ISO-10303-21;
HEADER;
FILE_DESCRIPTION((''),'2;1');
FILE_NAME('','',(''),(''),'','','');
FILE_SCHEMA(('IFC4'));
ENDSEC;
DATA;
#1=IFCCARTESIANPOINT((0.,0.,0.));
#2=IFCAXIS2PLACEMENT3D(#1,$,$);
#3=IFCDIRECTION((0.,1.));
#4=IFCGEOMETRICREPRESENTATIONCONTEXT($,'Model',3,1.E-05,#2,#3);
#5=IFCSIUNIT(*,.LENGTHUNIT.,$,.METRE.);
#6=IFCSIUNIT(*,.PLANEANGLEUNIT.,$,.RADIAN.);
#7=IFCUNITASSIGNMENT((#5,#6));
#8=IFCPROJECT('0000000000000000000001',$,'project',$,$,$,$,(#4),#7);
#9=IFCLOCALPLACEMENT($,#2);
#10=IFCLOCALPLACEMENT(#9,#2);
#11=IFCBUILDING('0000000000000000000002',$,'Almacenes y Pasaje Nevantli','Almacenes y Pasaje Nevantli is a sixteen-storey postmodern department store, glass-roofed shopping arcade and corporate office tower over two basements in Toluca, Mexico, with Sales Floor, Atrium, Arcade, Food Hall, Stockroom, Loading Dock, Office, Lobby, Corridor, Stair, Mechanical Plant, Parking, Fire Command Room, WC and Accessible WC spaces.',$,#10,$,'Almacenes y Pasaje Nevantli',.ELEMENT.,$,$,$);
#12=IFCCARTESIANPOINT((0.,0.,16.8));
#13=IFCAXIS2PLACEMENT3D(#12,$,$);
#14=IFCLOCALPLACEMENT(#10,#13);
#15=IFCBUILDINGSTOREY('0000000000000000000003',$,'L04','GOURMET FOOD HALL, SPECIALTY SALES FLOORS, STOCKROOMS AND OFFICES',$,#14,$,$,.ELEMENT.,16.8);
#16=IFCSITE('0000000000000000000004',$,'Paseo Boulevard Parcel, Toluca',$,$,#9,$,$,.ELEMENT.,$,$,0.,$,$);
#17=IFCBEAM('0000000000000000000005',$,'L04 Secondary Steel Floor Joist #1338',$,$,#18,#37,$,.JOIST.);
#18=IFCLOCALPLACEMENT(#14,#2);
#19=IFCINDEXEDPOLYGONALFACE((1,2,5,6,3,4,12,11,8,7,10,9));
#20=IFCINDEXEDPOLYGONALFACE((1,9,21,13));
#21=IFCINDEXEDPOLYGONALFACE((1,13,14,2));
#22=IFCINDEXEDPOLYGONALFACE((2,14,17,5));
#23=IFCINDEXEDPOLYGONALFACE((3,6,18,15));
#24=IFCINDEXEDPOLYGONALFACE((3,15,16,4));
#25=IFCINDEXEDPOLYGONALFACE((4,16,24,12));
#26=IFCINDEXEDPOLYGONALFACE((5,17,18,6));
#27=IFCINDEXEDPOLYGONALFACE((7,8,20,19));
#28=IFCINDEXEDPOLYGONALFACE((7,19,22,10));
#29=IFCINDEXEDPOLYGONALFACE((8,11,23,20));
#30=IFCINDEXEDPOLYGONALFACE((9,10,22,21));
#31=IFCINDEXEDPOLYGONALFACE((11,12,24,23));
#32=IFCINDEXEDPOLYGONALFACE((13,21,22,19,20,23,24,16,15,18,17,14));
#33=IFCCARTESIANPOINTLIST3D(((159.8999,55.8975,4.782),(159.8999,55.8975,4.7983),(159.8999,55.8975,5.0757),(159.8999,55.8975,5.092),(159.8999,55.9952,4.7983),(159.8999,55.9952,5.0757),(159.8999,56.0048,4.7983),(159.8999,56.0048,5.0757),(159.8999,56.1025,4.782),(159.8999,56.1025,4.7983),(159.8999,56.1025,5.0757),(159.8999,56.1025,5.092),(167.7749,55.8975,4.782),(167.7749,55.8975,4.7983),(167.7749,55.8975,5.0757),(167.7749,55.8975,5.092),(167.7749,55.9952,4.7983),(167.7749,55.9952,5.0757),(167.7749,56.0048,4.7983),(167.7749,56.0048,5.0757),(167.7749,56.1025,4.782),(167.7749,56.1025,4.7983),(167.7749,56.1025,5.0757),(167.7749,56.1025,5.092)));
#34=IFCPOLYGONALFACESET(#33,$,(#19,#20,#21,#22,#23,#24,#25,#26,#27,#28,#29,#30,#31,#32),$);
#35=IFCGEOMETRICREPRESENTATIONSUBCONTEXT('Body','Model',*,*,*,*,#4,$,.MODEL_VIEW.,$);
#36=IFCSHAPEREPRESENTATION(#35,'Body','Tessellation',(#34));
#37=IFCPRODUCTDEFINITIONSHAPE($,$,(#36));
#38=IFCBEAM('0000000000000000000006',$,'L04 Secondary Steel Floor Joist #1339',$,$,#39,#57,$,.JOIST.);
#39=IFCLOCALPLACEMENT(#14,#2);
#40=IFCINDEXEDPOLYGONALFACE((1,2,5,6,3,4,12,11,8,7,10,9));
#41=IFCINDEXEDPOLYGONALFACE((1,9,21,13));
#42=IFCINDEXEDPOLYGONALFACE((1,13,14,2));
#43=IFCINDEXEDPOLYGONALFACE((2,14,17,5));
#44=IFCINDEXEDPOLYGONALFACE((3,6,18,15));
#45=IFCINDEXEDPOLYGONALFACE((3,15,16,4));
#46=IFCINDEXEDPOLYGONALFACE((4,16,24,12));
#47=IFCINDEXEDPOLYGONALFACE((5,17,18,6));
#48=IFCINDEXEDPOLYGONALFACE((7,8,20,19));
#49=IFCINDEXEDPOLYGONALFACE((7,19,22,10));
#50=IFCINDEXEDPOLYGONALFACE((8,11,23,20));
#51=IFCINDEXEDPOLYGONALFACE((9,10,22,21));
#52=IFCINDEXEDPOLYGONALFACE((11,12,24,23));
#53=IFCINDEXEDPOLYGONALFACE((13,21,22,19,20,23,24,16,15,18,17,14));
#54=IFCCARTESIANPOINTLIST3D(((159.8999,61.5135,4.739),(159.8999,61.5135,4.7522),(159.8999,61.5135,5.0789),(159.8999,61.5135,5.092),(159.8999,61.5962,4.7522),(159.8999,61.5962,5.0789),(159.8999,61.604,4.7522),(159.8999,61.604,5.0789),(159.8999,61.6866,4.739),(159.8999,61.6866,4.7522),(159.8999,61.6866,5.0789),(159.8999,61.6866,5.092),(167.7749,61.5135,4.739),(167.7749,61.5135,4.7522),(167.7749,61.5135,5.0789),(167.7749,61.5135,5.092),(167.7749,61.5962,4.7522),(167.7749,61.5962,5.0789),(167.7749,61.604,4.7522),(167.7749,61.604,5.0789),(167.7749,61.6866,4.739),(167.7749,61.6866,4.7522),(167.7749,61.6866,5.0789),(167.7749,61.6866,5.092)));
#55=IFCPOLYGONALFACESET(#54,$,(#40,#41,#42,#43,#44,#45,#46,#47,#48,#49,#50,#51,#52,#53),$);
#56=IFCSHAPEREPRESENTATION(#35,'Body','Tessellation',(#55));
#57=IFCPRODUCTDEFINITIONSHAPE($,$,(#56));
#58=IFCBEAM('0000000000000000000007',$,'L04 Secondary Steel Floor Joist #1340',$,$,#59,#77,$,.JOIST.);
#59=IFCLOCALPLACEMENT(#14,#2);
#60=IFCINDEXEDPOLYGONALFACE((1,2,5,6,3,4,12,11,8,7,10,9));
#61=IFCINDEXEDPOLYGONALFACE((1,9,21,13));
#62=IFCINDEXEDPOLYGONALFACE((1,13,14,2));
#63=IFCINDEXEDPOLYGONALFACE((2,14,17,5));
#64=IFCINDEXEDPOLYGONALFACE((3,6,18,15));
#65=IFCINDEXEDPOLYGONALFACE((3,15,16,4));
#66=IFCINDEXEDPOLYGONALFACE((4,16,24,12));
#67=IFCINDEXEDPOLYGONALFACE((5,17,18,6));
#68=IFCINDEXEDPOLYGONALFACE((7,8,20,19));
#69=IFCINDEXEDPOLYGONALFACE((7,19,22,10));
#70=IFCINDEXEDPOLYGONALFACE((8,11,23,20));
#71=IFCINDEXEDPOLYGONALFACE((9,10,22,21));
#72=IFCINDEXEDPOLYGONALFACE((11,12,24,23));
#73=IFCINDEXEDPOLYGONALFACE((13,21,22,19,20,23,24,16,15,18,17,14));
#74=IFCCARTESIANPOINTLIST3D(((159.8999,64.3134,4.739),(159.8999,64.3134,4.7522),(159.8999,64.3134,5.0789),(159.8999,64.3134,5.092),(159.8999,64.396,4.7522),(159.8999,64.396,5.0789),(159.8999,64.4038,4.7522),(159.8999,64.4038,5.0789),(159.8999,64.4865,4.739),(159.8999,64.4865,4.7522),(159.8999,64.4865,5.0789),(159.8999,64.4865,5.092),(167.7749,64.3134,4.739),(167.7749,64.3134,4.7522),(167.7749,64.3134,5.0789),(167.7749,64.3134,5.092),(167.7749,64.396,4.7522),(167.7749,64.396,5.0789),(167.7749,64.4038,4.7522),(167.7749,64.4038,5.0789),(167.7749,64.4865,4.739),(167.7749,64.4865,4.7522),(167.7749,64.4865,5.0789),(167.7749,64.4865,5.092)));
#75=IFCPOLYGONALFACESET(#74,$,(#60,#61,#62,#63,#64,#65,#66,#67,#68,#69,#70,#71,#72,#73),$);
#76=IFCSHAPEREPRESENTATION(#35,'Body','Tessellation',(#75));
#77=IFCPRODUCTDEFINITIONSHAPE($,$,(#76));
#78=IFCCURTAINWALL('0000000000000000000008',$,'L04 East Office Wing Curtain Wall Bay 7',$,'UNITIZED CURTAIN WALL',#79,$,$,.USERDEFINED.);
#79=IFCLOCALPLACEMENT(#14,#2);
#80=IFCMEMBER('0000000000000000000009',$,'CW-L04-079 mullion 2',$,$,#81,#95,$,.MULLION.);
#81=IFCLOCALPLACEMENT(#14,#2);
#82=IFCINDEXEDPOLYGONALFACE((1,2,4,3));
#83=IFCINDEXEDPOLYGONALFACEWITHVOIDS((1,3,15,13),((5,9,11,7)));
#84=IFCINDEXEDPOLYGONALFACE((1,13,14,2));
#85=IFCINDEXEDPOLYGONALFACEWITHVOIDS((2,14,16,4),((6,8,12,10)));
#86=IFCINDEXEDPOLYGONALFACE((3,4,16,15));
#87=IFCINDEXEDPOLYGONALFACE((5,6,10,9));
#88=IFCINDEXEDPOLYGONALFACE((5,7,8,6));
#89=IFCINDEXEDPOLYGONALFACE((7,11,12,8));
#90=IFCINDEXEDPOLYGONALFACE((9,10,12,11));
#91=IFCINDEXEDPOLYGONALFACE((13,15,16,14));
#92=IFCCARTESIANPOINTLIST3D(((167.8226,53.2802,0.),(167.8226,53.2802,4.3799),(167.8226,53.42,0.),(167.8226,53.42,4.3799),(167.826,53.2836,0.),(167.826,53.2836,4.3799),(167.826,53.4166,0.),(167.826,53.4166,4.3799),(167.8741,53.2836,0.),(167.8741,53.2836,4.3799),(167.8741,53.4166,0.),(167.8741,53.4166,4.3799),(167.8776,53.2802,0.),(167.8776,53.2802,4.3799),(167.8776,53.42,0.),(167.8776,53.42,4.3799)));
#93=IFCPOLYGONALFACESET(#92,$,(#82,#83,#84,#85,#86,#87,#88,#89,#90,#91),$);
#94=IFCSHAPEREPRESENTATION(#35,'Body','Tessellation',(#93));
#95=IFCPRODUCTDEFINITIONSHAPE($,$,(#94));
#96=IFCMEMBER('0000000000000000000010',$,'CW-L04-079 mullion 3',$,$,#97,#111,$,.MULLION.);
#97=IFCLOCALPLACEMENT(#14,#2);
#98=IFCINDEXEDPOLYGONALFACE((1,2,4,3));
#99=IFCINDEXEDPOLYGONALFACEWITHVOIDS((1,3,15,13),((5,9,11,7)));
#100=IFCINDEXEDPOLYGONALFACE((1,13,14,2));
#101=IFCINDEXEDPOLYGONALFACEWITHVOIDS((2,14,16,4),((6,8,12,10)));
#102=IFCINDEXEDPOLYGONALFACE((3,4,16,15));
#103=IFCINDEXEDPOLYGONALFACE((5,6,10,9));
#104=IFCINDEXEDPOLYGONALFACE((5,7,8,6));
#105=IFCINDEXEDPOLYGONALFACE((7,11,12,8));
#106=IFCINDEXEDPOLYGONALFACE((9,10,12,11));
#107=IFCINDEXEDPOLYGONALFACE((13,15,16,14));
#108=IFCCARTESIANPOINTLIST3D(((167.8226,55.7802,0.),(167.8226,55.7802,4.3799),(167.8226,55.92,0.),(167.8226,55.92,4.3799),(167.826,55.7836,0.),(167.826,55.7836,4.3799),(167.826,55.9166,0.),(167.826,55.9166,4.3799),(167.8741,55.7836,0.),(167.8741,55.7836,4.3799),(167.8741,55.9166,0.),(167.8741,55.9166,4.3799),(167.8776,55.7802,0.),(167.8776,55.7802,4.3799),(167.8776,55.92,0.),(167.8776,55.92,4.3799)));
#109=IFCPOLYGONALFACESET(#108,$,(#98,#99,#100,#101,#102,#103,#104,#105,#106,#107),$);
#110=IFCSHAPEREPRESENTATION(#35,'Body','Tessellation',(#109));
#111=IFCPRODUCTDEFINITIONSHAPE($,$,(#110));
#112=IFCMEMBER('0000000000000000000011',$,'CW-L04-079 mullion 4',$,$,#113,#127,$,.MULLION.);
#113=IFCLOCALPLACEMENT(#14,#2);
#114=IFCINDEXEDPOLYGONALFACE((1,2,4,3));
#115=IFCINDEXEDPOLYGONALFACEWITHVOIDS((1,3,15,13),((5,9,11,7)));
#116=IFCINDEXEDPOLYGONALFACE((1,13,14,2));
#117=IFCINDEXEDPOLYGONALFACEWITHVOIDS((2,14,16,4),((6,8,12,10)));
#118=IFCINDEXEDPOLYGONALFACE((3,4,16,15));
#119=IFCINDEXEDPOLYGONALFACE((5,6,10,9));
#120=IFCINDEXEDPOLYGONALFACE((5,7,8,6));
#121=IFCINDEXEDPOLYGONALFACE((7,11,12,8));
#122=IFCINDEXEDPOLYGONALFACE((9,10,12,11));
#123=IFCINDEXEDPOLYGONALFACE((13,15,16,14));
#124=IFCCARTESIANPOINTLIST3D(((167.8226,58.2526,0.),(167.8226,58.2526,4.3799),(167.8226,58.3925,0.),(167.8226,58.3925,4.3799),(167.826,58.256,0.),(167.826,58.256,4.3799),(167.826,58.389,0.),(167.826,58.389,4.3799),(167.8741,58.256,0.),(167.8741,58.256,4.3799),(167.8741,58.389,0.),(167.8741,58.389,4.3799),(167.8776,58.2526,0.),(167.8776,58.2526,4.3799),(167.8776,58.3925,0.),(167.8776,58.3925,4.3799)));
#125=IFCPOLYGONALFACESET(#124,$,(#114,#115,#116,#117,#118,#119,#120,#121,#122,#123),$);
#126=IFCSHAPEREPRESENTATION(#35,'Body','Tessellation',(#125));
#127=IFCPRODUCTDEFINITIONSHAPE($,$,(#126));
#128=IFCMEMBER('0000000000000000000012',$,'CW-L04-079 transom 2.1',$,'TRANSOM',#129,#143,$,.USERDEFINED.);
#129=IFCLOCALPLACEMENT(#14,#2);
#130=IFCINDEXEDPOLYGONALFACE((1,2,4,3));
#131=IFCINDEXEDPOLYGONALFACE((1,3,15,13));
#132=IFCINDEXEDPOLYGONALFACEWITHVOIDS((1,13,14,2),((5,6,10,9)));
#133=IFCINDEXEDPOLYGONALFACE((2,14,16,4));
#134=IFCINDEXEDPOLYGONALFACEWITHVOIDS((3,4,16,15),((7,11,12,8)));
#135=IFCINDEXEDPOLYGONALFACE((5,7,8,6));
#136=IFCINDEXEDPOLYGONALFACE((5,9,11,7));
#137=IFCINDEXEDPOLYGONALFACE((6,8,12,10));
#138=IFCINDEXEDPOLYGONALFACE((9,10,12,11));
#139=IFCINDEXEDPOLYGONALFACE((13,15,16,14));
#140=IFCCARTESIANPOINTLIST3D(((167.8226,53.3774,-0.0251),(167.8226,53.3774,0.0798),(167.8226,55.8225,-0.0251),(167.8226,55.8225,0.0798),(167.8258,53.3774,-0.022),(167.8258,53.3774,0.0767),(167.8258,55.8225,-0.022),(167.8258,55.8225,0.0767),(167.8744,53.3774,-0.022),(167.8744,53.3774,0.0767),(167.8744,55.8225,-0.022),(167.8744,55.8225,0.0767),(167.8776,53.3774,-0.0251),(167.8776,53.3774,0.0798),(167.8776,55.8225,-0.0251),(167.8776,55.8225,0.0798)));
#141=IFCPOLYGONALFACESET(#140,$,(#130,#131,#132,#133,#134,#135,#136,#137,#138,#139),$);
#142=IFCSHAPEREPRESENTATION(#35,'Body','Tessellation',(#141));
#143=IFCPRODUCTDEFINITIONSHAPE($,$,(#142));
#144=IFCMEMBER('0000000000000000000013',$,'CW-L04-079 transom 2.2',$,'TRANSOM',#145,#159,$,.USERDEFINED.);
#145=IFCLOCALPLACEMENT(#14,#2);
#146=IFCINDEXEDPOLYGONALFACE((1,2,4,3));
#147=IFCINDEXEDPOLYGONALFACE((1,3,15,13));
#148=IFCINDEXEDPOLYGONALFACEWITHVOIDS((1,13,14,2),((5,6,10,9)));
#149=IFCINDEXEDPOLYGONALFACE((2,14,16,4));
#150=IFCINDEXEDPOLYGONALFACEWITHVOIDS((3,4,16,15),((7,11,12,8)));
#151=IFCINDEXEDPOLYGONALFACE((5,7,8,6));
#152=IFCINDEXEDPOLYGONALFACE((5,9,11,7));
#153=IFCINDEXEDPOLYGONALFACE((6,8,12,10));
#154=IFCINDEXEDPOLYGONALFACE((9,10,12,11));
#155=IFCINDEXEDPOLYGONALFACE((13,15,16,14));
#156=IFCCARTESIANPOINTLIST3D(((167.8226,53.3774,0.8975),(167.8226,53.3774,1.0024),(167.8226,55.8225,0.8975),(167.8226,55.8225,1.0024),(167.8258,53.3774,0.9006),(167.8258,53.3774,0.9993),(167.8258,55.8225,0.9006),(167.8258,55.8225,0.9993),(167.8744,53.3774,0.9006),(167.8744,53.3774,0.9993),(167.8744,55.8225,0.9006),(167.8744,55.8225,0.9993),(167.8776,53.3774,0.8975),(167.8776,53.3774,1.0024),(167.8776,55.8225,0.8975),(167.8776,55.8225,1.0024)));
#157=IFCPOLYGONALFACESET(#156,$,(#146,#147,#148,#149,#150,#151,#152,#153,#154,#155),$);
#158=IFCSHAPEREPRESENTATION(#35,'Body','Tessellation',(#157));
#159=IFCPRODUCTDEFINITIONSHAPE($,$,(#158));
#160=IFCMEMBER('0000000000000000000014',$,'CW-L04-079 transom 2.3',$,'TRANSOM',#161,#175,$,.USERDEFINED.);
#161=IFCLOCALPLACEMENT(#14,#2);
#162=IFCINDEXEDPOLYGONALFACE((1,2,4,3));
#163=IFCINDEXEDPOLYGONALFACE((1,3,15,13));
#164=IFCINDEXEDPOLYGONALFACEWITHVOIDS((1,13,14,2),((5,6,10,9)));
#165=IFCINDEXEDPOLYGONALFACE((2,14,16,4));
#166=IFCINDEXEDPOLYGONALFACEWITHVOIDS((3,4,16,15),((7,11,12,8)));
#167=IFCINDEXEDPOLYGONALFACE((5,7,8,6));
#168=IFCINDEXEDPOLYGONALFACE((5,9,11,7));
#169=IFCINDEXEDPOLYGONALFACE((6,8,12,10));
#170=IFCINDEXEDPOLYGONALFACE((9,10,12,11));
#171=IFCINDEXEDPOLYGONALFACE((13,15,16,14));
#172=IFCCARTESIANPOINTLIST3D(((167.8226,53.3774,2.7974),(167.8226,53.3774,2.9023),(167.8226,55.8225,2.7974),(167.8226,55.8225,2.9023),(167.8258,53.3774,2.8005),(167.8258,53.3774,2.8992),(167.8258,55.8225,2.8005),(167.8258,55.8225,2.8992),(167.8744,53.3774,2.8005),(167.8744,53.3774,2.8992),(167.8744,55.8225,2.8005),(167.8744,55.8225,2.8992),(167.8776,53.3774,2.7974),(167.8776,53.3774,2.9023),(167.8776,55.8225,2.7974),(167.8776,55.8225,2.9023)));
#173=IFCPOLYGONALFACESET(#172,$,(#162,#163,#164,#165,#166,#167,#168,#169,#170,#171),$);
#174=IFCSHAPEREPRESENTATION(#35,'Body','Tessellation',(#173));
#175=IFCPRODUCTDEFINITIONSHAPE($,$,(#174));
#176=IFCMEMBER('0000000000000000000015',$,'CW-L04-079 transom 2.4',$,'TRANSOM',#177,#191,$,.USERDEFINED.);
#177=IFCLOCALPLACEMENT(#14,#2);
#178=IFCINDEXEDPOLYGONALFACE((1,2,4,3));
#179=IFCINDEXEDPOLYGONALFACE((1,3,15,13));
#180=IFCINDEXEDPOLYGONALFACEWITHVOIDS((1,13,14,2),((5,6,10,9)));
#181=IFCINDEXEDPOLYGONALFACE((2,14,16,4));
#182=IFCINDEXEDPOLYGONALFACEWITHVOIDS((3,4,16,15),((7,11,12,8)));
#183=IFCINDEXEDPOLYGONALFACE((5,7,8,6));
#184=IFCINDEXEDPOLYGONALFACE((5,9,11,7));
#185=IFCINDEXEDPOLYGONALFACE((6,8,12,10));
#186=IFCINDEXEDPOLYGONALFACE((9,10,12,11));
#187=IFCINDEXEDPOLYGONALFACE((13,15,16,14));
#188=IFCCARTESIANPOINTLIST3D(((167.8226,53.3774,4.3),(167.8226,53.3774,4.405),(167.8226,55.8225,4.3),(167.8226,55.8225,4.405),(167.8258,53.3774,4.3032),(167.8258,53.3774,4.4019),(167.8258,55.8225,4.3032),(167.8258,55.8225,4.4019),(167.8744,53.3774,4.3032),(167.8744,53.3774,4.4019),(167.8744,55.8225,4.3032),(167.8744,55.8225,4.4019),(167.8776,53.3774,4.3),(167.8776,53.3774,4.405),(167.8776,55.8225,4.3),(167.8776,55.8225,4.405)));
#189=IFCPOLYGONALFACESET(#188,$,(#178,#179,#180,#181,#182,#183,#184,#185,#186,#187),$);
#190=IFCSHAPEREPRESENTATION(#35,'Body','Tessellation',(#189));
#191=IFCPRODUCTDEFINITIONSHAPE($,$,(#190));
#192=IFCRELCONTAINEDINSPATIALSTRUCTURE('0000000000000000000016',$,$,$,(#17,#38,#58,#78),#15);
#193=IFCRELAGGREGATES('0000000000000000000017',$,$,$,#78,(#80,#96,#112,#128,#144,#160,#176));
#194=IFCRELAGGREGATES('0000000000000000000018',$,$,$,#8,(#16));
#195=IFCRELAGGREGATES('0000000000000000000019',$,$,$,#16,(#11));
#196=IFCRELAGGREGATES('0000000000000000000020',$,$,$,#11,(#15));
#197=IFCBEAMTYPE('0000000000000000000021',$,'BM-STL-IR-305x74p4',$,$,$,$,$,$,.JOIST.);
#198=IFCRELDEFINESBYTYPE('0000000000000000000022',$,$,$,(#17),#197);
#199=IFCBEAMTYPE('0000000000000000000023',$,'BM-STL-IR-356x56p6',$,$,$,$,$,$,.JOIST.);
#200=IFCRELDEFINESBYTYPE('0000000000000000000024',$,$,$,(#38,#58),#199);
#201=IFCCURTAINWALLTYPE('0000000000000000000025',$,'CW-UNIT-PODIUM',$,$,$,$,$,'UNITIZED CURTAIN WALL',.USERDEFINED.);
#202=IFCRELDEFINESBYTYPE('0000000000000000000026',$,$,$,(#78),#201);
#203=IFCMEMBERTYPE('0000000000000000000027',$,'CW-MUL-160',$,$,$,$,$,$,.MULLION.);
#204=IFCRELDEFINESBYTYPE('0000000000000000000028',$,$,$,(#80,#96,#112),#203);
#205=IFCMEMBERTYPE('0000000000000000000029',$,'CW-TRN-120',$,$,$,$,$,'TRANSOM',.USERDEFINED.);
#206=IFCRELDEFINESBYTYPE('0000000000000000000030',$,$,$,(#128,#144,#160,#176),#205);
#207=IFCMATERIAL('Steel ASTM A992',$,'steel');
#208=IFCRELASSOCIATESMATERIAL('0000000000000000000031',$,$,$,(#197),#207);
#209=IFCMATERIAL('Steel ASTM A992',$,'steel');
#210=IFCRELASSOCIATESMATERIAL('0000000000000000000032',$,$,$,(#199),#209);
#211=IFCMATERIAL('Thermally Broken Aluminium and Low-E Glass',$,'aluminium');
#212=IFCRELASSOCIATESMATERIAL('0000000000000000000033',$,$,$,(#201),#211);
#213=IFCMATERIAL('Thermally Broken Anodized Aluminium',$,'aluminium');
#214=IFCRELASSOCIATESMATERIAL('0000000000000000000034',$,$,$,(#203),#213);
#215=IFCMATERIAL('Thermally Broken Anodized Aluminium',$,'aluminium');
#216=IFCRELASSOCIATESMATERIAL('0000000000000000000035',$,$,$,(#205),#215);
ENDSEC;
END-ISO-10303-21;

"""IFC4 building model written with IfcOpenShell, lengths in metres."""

from ifc_helpers import new_model, si_unit, direction, frame, origin, origin_2d, place, context, subcontext, project, spatial, hollow_rectangle, i_section, extrude, material, material_profile, profile_set, type_object, element, aggregate, save


model = new_model("IFC4")

# Units and contexts
model_context = context("Model", 3, precision=1e-05, world=origin(), true_north=direction((0.0, 1.0)))
body_context = subcontext(model_context, "Body", "Model", "MODEL_VIEW")
ifc_project = project(units=[si_unit("LENGTHUNIT", "METRE"), si_unit("PLANEANGLEUNIT", "RADIAN")], contexts=[model_context])

# Site, building, storey
site_placement = place(None, origin())
site = spatial("IfcSite", under=ifc_project, at=site_placement, Name="Paseo Boulevard Parcel, Toluca", CompositionType="ELEMENT", RefElevation=0.0)
building_placement = place(site_placement, origin())
building = spatial("IfcBuilding", under=site, at=building_placement, Name="Almacenes y Pasaje Nevantli", Description="Almacenes y Pasaje Nevantli is a sixteen-storey postmodern department store, glass-roofed shopping arcade and corporate office tower over two basements in Toluca, Mexico, with Sales Floor, Atrium, Arcade, Food Hall, Stockroom, Loading Dock, Office, Lobby, Corridor, Stair, Mechanical Plant, Parking, Fire Command Room, WC and Accessible WC spaces.", LongName="Almacenes y Pasaje Nevantli", CompositionType="ELEMENT")
storey_placement = place(building_placement, frame((0.0, 0.0, 16.8)))
storey = spatial("IfcBuildingStorey", under=building, at=storey_placement, Name="L04", Description="GOURMET FOOD HALL, SPECIALTY SALES FLOORS, STOCKROOMS AND OFFICES", CompositionType="ELEMENT", Elevation=16.8)

# Beams
ifc_material_1 = material(Name="Steel ASTM A992", Category="steel")
ifc_material_profile_1 = material_profile(ifc_material_1, i_section(OverallWidth=0.2051, OverallDepth=0.3101, WebThickness=0.0095, FlangeThickness=0.0164, at=origin_2d()), Name="IR 305x74.4")
ifc_profile_set_1 = profile_set([ifc_material_profile_1], Name="Steel ASTM A992")
beam_type_1 = type_object("IfcBeamType", Name="BM-STL-IR-305x74p4", PredefinedType="JOIST", material=ifc_profile_set_1)
for number, where, z_axis, x_axis, name in (
    (1, (159.8999, 56.0, 4.937), (1.0, 0.0, 0.0), (0.0, 1.0, 0.0), "L04 Secondary Steel Floor Joist #1338"),
):
    element("IfcBeam", number, at=place(storey_placement, frame(where, z_axis=z_axis, x_axis=x_axis)), inside=storey, type_object=beam_type_1, Name=name, PredefinedType="JOIST", context=body_context, shape_type="SweptSolid", body=[
        extrude(i_section(OverallWidth=0.2051, OverallDepth=0.3101, WebThickness=0.0095, FlangeThickness=0.0164, at=origin_2d()), origin(), (0.0, 0.0, 1.0), 7.875),
    ])
ifc_material_2 = material(Name="Steel ASTM A992", Category="steel")
ifc_material_profile_2 = material_profile(ifc_material_2, i_section(OverallWidth=0.1731, OverallDepth=0.353, WebThickness=0.0078, FlangeThickness=0.0132, at=origin_2d()), Name="IR 356x56.6")
ifc_profile_set_2 = profile_set([ifc_material_profile_2], Name="Steel ASTM A992")
beam_type_2 = type_object("IfcBeamType", Name="BM-STL-IR-356x56p6", PredefinedType="JOIST", material=ifc_profile_set_2)
for number, where, z_axis, x_axis, name in (
    (2, (159.8999, 61.6001, 4.9155), (1.0, 0.0, 0.0), (0.0, 1.0, 0.0), "L04 Secondary Steel Floor Joist #1339"),
    (3, (159.8999, 64.3999, 4.9155), (1.0, 0.0, 0.0), (0.0, 1.0, 0.0), "L04 Secondary Steel Floor Joist #1340"),
):
    element("IfcBeam", number, at=place(storey_placement, frame(where, z_axis=z_axis, x_axis=x_axis)), inside=storey, type_object=beam_type_2, Name=name, PredefinedType="JOIST", context=body_context, shape_type="SweptSolid", body=[
        extrude(i_section(OverallWidth=0.1731, OverallDepth=0.353, WebThickness=0.0078, FlangeThickness=0.0132, at=origin_2d()), origin(), (0.0, 0.0, 1.0), 7.875),
    ])

# Curtain wall, members
ifc_material_3 = material(Name="Thermally Broken Aluminium and Low-E Glass", Category="aluminium")
curtain_wall_type = type_object("IfcCurtainWallType", Name="CW-UNIT-PODIUM", ElementType="UNITIZED CURTAIN WALL", PredefinedType="USERDEFINED", material=ifc_material_3)
curtain_wall_placement = place(storey_placement, origin())
curtain_wall = element("IfcCurtainWall", 4, at=curtain_wall_placement, inside=storey, type_object=curtain_wall_type, Name="L04 East Office Wing Curtain Wall Bay 7", ObjectType="UNITIZED CURTAIN WALL", PredefinedType="USERDEFINED")
ifc_material_4 = material(Name="Thermally Broken Anodized Aluminium", Category="aluminium")
ifc_material_profile_3 = material_profile(ifc_material_4, hollow_rectangle(XDim=0.0549, YDim=0.1399, WallThickness=0.0034, at=origin_2d()), Name="ALU-MUL-55x140")
ifc_profile_set_3 = profile_set([ifc_material_profile_3], Name="Thermally Broken Anodized Aluminium")
member_type_1 = type_object("IfcMemberType", Name="CW-MUL-160", PredefinedType="MULLION", material=ifc_profile_set_3)
member_1_placement = place(storey_placement, frame((167.8501, 53.3501, 0.0), z_axis=(0.0, 0.0, 1.0), x_axis=(-1.0, 0.0, 0.0)))
member_1 = element("IfcMember", 5, at=member_1_placement, type_object=member_type_1, Name="CW-L04-079 mullion 2", PredefinedType="MULLION", context=body_context, shape_type="SweptSolid", body=[
    extrude(hollow_rectangle(XDim=0.0549, YDim=0.1399, WallThickness=0.0034, at=origin_2d()), origin(), (0.0, 0.0, 1.0), 4.3799),
])
member_2_placement = place(storey_placement, frame((167.8501, 55.8501, 0.0), z_axis=(0.0, 0.0, 1.0), x_axis=(-1.0, 0.0, 0.0)))
member_2 = element("IfcMember", 6, at=member_2_placement, type_object=member_type_1, Name="CW-L04-079 mullion 3", PredefinedType="MULLION", context=body_context, shape_type="SweptSolid", body=[
    extrude(hollow_rectangle(XDim=0.0549, YDim=0.1399, WallThickness=0.0034, at=origin_2d()), origin(), (0.0, 0.0, 1.0), 4.3799),
])
member_3_placement = place(storey_placement, frame((167.8501, 58.3225, 0.0), z_axis=(0.0, 0.0, 1.0), x_axis=(-1.0, 0.0, 0.0)))
member_3 = element("IfcMember", 7, at=member_3_placement, type_object=member_type_1, Name="CW-L04-079 mullion 4", PredefinedType="MULLION", context=body_context, shape_type="SweptSolid", body=[
    extrude(hollow_rectangle(XDim=0.0549, YDim=0.1399, WallThickness=0.0034, at=origin_2d()), origin(), (0.0, 0.0, 1.0), 4.3799),
])
ifc_material_5 = material(Name="Thermally Broken Anodized Aluminium", Category="aluminium")
ifc_material_profile_4 = material_profile(ifc_material_5, hollow_rectangle(XDim=0.0549, YDim=0.105, WallThickness=0.0032, at=origin_2d()), Name="ALU-TRN-55x105")
ifc_profile_set_4 = profile_set([ifc_material_profile_4], Name="Thermally Broken Anodized Aluminium")
member_type_2 = type_object("IfcMemberType", Name="CW-TRN-120", ElementType="TRANSOM", PredefinedType="USERDEFINED", material=ifc_profile_set_4)
member_4_placement = place(storey_placement, frame((167.8501, 53.3774, 0.0273), z_axis=(0.0, 1.0, 0.0), x_axis=(-1.0, 0.0, 0.0)))
member_4 = element("IfcMember", 8, at=member_4_placement, type_object=member_type_2, Name="CW-L04-079 transom 2.1", ObjectType="TRANSOM", PredefinedType="USERDEFINED", context=body_context, shape_type="SweptSolid", body=[
    extrude(hollow_rectangle(XDim=0.0549, YDim=0.105, WallThickness=0.0032, at=origin_2d()), origin(), (0.0, 0.0, 1.0), 2.4451),
])
member_5_placement = place(storey_placement, frame((167.8501, 53.3774, 0.95), z_axis=(0.0, 1.0, 0.0), x_axis=(-1.0, 0.0, 0.0)))
member_5 = element("IfcMember", 9, at=member_5_placement, type_object=member_type_2, Name="CW-L04-079 transom 2.2", ObjectType="TRANSOM", PredefinedType="USERDEFINED", context=body_context, shape_type="SweptSolid", body=[
    extrude(hollow_rectangle(XDim=0.0549, YDim=0.105, WallThickness=0.0032, at=origin_2d()), origin(), (0.0, 0.0, 1.0), 2.4451),
])
member_6_placement = place(storey_placement, frame((167.8501, 53.3774, 2.8499), z_axis=(0.0, 1.0, 0.0), x_axis=(-1.0, 0.0, 0.0)))
member_6 = element("IfcMember", 10, at=member_6_placement, type_object=member_type_2, Name="CW-L04-079 transom 2.3", ObjectType="TRANSOM", PredefinedType="USERDEFINED", context=body_context, shape_type="SweptSolid", body=[
    extrude(hollow_rectangle(XDim=0.0549, YDim=0.105, WallThickness=0.0032, at=origin_2d()), origin(), (0.0, 0.0, 1.0), 2.4451),
])
member_7_placement = place(storey_placement, frame((167.8501, 53.3774, 4.3525), z_axis=(0.0, 1.0, 0.0), x_axis=(-1.0, 0.0, 0.0)))
member_7 = element("IfcMember", 11, at=member_7_placement, type_object=member_type_2, Name="CW-L04-079 transom 2.4", ObjectType="TRANSOM", PredefinedType="USERDEFINED", context=body_context, shape_type="SweptSolid", body=[
    extrude(hollow_rectangle(XDim=0.0549, YDim=0.105, WallThickness=0.0032, at=origin_2d()), origin(), (0.0, 0.0, 1.0), 2.4451),
])
aggregate(curtain_wall, [member_1, member_2, member_3, member_4, member_5, member_6, member_7])

save(model, "model.ifc")
